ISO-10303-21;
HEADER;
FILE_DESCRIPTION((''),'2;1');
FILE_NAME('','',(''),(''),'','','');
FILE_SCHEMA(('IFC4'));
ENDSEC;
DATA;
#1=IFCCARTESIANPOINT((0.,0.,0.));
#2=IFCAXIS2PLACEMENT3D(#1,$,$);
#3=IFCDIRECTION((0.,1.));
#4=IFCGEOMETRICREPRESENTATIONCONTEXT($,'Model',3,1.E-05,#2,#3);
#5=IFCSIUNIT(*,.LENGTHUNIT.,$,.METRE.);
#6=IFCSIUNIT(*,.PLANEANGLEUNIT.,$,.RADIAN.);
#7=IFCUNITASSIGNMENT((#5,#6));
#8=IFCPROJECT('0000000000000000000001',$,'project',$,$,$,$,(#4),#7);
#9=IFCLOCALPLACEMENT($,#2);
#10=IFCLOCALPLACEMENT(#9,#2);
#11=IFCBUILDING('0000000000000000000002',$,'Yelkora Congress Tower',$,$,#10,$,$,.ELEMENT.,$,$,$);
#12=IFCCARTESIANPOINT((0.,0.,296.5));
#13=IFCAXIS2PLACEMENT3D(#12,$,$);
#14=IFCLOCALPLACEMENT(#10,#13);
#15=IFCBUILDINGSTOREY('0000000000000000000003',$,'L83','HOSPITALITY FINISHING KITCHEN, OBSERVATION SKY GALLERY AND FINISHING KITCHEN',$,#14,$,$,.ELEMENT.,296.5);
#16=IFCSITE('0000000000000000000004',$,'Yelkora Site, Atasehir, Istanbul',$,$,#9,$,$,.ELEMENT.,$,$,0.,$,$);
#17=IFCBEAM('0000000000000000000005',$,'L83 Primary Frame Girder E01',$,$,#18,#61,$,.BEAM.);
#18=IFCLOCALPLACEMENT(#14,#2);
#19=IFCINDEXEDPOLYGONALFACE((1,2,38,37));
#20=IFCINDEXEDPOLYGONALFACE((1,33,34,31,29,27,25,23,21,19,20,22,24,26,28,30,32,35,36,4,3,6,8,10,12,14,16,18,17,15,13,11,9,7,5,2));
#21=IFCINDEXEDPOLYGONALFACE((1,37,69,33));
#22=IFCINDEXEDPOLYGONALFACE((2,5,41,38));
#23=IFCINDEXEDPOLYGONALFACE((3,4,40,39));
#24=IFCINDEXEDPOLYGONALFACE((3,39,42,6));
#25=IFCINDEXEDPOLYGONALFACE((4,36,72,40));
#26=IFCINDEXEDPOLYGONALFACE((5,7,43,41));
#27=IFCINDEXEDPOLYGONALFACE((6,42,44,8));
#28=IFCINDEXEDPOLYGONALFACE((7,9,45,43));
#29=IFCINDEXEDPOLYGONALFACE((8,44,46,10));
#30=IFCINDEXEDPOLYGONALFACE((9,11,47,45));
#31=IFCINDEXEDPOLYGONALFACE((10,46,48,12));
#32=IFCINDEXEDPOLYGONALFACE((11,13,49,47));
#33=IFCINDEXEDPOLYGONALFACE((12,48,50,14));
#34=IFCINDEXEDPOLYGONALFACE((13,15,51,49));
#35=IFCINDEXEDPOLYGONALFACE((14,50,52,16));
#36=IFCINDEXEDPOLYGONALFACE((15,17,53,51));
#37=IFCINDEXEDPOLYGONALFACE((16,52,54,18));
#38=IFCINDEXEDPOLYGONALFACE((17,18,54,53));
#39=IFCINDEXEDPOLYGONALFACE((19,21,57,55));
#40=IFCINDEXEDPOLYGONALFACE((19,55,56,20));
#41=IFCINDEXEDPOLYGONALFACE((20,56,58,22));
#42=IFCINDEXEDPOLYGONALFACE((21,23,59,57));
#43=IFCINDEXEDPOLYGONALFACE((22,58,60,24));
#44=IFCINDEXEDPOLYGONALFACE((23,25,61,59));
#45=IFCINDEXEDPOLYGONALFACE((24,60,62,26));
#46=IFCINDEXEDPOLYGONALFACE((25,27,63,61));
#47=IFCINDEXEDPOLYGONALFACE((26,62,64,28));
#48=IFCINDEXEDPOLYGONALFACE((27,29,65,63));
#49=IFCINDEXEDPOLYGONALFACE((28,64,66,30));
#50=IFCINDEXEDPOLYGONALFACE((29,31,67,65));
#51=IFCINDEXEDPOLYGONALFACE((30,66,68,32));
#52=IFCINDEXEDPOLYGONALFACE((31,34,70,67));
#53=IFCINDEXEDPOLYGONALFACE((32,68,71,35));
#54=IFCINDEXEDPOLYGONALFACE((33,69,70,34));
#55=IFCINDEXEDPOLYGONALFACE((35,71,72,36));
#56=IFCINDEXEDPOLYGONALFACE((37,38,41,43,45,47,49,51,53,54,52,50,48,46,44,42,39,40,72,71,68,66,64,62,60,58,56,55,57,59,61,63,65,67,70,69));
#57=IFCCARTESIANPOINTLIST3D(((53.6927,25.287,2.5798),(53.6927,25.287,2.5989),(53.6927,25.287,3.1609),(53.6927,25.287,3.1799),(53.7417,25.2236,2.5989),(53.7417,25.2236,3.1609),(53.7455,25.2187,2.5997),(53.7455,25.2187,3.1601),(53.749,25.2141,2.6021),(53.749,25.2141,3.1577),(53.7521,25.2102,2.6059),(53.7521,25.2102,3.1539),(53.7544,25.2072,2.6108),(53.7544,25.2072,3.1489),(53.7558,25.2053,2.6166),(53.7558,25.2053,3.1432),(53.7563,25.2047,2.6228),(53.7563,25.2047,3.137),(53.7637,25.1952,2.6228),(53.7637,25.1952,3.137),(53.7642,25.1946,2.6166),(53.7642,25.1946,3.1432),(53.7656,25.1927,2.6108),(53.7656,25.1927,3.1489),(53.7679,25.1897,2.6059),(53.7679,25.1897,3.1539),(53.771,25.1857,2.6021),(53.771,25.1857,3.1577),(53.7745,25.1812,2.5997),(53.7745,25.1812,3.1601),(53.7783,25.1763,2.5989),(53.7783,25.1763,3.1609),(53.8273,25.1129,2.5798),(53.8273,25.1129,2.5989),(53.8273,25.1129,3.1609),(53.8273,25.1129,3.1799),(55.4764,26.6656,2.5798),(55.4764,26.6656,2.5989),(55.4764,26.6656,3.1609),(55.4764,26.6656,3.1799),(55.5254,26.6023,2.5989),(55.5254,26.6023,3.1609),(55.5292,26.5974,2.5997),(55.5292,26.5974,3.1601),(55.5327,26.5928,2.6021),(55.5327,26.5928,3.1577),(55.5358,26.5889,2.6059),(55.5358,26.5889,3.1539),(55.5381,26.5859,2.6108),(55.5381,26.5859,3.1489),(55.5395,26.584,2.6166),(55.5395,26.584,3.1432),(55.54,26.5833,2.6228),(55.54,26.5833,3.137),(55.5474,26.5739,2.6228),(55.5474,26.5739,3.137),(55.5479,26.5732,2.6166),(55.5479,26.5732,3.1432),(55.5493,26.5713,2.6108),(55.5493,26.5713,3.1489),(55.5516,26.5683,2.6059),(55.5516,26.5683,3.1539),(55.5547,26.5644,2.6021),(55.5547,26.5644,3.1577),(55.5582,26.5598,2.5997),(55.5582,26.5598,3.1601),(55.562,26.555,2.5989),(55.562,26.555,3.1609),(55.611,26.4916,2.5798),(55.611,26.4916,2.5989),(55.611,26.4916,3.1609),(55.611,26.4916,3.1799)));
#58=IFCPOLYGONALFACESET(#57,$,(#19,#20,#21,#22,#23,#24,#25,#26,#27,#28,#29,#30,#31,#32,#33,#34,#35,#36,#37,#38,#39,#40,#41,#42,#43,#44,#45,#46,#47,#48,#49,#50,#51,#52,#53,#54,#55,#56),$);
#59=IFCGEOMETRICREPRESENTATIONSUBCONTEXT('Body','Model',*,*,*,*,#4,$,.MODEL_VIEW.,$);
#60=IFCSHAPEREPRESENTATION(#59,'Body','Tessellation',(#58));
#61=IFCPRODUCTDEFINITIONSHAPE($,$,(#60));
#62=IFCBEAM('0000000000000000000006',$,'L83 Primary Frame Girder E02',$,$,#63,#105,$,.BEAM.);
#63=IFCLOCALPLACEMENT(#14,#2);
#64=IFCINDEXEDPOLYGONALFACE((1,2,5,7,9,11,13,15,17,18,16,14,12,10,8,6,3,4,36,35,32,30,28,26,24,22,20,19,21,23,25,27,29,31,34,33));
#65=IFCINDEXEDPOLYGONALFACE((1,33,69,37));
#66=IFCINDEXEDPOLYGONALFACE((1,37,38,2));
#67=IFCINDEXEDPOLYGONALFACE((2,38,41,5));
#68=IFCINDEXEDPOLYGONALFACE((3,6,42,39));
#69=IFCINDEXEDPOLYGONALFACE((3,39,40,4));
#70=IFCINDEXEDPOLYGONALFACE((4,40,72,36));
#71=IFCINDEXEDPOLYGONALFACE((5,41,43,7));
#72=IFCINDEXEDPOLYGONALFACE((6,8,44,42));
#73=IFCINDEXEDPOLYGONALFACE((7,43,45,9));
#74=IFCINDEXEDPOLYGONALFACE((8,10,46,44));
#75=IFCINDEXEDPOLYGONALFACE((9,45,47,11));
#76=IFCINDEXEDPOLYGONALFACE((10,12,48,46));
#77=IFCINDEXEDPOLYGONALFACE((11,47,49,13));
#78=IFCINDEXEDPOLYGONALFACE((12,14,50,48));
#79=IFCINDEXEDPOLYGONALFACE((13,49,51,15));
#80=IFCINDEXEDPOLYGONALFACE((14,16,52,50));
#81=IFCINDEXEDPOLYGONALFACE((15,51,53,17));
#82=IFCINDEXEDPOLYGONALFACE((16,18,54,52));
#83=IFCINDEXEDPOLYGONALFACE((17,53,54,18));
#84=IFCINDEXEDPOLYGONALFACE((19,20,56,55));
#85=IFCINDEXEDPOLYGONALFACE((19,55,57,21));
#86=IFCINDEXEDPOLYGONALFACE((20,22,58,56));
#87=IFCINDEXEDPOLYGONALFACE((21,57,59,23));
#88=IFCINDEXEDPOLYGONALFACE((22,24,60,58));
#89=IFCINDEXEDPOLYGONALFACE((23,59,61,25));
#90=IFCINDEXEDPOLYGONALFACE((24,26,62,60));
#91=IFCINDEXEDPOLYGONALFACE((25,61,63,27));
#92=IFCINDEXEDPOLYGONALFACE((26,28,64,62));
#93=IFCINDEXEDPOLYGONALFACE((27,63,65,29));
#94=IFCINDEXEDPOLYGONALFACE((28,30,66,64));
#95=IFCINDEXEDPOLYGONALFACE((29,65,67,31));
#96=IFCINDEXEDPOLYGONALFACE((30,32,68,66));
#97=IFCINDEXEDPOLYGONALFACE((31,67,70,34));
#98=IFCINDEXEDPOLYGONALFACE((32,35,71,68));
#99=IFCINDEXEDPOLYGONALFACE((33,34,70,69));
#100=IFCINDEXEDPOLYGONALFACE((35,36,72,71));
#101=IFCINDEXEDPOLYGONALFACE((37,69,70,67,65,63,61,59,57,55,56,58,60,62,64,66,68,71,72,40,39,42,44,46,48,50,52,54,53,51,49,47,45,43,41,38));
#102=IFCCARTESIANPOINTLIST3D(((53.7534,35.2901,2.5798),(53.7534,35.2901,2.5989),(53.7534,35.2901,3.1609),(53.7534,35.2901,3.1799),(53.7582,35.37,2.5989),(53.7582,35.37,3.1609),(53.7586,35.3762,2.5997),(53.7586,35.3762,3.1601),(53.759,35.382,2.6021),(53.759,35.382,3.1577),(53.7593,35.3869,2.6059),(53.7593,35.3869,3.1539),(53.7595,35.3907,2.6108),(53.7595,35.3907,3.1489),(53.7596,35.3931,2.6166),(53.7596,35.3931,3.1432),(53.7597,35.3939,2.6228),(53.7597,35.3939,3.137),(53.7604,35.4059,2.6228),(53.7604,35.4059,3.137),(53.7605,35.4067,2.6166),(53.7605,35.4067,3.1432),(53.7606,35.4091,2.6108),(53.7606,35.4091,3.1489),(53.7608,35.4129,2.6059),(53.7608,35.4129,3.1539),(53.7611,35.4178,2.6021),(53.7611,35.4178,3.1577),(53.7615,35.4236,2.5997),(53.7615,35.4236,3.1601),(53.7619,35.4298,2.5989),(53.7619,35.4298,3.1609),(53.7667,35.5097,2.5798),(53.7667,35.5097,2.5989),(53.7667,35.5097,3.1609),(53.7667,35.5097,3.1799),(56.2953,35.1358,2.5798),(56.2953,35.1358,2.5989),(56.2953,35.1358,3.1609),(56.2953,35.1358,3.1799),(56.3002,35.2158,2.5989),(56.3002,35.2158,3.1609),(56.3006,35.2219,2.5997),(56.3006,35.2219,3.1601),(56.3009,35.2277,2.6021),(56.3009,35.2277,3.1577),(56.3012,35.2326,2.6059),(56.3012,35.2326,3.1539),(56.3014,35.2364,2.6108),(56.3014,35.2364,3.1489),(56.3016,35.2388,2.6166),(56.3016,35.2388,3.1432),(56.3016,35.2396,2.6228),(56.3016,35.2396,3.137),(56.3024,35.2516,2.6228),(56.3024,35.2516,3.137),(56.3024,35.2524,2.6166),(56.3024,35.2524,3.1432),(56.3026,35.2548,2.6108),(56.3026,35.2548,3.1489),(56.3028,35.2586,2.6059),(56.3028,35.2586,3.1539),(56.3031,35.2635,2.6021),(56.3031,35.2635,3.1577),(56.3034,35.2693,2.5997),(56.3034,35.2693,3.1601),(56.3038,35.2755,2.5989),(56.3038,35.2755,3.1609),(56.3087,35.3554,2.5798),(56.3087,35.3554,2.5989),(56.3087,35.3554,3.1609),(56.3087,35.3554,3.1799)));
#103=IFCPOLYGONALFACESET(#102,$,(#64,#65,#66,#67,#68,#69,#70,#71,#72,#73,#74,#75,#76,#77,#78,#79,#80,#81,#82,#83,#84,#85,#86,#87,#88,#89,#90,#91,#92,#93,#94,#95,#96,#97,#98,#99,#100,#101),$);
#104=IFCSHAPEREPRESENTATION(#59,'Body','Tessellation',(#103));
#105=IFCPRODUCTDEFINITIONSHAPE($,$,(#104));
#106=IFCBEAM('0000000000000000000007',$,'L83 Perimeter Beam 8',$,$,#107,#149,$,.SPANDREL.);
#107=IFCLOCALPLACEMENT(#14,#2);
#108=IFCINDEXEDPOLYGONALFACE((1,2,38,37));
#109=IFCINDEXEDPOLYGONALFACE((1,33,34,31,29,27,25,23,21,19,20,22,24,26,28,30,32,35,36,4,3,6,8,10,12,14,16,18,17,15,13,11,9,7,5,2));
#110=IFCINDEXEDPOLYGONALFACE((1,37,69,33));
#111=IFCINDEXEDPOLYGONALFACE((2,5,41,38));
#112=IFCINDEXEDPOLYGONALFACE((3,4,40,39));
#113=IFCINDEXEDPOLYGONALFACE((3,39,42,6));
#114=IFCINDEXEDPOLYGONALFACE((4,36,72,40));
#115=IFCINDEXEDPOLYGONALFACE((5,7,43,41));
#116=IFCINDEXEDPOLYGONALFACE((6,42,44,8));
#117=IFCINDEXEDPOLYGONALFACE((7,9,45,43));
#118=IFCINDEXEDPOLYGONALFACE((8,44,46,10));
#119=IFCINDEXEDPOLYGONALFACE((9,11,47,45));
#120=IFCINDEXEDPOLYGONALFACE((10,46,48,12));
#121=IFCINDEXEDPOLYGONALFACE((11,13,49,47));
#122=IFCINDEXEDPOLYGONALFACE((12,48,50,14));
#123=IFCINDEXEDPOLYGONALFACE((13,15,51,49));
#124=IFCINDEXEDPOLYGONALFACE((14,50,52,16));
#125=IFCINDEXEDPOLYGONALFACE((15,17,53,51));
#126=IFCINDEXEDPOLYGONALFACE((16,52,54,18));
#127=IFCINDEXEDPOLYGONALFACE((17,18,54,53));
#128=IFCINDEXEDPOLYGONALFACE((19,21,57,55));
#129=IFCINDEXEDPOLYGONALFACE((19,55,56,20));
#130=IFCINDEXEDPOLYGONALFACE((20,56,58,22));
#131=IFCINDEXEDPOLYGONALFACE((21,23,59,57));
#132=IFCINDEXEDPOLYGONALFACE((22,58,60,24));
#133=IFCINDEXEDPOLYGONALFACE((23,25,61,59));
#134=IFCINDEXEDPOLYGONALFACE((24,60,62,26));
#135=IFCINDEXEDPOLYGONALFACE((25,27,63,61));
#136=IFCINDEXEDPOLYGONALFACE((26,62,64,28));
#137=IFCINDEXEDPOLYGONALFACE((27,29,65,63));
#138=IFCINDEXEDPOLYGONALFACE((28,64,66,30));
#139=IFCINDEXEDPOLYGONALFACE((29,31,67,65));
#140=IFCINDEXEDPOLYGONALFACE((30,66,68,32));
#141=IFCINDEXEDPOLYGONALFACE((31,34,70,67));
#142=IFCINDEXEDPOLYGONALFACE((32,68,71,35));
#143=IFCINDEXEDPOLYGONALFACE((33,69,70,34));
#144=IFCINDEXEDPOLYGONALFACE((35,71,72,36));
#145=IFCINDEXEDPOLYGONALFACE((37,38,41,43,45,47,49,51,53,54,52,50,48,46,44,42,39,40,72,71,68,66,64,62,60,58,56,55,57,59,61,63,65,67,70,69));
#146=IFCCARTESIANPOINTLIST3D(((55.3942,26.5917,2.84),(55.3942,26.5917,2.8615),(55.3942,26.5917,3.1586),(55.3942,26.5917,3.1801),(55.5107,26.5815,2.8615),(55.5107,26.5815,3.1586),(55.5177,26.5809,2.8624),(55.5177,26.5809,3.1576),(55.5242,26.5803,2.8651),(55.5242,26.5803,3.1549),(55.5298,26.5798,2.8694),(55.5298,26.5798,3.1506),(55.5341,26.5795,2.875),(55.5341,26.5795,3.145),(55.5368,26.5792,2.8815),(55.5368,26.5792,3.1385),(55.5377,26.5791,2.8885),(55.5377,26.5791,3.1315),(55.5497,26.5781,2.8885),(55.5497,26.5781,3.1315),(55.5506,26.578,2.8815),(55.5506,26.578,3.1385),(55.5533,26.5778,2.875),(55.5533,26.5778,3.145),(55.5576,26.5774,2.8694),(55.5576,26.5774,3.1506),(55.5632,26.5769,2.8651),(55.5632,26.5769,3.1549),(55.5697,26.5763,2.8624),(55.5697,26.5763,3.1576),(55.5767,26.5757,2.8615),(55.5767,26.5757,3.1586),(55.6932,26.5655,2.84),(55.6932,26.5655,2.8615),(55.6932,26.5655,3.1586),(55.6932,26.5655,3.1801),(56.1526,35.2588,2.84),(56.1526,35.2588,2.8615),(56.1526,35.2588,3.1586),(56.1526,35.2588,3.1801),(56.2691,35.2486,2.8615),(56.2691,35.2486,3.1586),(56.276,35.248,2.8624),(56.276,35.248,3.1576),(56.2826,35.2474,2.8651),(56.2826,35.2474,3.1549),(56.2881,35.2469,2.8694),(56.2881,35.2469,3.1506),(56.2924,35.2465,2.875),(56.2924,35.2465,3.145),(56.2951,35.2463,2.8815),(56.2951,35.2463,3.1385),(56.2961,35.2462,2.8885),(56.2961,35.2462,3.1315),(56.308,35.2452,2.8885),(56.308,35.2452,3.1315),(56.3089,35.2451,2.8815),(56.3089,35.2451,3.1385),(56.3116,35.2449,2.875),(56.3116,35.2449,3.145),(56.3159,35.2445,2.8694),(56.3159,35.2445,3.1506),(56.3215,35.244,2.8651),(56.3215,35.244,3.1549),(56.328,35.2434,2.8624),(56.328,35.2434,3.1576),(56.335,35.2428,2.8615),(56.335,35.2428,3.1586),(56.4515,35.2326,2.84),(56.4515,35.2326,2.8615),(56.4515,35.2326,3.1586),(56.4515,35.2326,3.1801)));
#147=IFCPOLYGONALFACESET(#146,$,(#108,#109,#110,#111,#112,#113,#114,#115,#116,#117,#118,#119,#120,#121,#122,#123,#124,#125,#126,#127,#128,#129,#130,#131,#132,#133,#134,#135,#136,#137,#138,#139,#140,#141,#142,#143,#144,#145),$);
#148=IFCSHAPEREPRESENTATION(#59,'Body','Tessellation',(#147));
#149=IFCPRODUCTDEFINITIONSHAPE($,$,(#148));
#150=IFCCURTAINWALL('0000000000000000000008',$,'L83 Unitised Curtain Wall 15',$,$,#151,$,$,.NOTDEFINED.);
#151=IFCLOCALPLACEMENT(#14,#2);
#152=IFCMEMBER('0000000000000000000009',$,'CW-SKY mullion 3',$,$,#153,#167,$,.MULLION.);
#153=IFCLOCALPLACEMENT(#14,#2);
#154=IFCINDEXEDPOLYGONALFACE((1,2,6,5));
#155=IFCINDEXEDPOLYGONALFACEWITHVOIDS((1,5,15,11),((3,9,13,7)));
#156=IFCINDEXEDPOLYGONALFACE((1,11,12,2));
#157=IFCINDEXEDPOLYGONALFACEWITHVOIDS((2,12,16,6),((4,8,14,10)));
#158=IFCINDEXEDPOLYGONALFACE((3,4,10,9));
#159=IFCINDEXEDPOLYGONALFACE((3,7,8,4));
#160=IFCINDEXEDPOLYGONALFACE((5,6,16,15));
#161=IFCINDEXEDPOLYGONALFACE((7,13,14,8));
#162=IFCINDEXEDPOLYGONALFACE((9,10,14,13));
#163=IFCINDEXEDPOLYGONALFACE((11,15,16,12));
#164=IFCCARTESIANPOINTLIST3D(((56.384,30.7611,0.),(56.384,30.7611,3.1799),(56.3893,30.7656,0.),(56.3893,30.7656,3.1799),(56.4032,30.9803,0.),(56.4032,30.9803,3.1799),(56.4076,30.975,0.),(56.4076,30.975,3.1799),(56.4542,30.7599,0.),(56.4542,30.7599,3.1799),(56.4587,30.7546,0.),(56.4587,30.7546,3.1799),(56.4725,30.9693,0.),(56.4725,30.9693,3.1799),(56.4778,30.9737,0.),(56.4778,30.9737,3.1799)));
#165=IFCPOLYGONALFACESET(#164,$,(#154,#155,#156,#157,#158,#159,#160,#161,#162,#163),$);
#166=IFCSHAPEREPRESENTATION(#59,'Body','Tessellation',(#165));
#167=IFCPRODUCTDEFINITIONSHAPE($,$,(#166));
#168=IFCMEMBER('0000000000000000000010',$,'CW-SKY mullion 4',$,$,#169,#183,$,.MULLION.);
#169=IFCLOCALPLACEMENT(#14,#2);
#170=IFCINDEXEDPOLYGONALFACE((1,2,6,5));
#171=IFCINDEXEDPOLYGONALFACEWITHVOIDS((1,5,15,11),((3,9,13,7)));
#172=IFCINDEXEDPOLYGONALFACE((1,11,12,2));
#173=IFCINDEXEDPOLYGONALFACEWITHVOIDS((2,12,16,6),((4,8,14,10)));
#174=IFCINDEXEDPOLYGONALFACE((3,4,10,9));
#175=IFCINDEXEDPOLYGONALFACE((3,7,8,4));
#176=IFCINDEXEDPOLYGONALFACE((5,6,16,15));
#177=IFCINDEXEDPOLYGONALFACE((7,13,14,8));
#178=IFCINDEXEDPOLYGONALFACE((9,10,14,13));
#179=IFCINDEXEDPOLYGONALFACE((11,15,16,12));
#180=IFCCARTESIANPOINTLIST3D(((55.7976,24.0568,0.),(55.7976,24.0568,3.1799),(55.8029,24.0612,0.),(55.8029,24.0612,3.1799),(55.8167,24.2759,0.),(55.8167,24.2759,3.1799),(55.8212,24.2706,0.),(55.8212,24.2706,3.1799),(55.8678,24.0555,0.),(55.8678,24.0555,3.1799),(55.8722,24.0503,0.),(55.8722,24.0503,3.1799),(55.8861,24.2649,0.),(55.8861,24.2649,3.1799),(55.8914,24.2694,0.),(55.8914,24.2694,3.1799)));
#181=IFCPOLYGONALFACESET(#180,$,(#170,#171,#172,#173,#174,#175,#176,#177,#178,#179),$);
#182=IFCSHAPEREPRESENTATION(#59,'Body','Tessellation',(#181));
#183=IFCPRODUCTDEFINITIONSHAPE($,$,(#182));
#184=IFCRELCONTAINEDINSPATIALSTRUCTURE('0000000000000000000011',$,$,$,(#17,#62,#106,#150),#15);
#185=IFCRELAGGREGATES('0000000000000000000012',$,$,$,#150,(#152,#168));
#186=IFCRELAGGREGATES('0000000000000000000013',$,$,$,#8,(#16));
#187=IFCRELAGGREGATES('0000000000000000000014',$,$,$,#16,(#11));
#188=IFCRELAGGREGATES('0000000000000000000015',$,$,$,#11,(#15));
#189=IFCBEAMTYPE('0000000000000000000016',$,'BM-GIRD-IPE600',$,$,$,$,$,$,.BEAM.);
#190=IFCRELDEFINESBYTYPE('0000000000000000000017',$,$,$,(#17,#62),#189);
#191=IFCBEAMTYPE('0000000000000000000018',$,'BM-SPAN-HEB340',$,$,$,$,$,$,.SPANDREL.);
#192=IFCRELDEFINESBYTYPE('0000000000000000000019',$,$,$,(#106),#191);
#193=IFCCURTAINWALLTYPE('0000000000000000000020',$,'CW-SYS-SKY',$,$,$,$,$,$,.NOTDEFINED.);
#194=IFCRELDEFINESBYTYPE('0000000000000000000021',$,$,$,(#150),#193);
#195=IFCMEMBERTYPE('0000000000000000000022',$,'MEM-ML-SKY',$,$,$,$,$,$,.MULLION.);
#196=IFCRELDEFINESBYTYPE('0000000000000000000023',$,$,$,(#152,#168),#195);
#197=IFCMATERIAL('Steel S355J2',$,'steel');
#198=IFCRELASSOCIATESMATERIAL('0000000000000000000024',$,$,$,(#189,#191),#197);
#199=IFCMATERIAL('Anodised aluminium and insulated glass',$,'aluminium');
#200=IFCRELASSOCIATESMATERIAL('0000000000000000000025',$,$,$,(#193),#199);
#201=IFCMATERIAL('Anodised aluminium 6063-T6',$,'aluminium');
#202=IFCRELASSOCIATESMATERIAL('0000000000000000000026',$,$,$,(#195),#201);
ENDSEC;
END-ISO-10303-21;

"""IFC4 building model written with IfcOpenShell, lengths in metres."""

from ifc_helpers import new_model, si_unit, direction, frame, origin, origin_2d, place, context, subcontext, project, spatial, hollow_rectangle, i_section, extrude, material, material_profile, profile_set, type_object, element, aggregate, save


model = new_model("IFC4")

# Units and contexts
model_context = context("Model", 3, precision=1e-05, world=origin(), true_north=direction((0.0, 1.0)))
body_context = subcontext(model_context, "Body", "Model", "MODEL_VIEW")
ifc_project = project(units=[si_unit("LENGTHUNIT", "METRE"), si_unit("PLANEANGLEUNIT", "RADIAN")], contexts=[model_context])

# Site, building, storey
site_placement = place(None, origin())
site = spatial("IfcSite", under=ifc_project, at=site_placement, Name="Yelkora Site, Atasehir, Istanbul", CompositionType="ELEMENT", RefElevation=0.0)
building_placement = place(site_placement, origin())
building = spatial("IfcBuilding", under=site, at=building_placement, Name="Yelkora Congress Tower", CompositionType="ELEMENT")
storey_placement = place(building_placement, frame((0.0, 0.0, 296.5)))
storey = spatial("IfcBuildingStorey", under=building, at=storey_placement, Name="L83", Description="HOSPITALITY FINISHING KITCHEN, OBSERVATION SKY GALLERY AND FINISHING KITCHEN", CompositionType="ELEMENT", Elevation=296.5)

# Shared definitions
ifc_material_1 = material(Name="Steel S355J2", Category="steel")

# Beams
ifc_material_profile_1 = material_profile(ifc_material_1, i_section(OverallWidth=0.22, OverallDepth=0.6001, WebThickness=0.012, FlangeThickness=0.019, FilletRadius=0.0239, at=origin_2d()), Name="IPE 600")
ifc_profile_set_1 = profile_set([ifc_material_profile_1], Name="Steel S355J2")
beam_type_1 = type_object("IfcBeamType", Name="BM-GIRD-IPE600", PredefinedType="BEAM", material=ifc_profile_set_1)
beam_1_placement = place(storey_placement, frame((55.5437, 26.5786, 2.8799), z_axis=(-0.791209, -0.611546, 0.0), x_axis=(0.611546, -0.791209, 0.0)))
element("IfcBeam", 1, at=beam_1_placement, inside=storey, type_object=beam_type_1, Name="L83 Primary Frame Girder E01", PredefinedType="BEAM", context=body_context, shape_type="SweptSolid", body=[
    extrude(i_section(OverallWidth=0.22, OverallDepth=0.6001, WebThickness=0.012, FlangeThickness=0.019, FilletRadius=0.0239, at=origin_2d()), origin(), (0.0, 0.0, 1.0), 2.2544),
])
beam_2_placement = place(storey_placement, frame((56.302, 35.2456, 2.8799), z_axis=(-0.998163, 0.060588, 0.0), x_axis=(-0.060588, -0.998163, 0.0)))
element("IfcBeam", 2, at=beam_2_placement, inside=storey, type_object=beam_type_1, Name="L83 Primary Frame Girder E02", PredefinedType="BEAM", context=body_context, shape_type="SweptSolid", body=[
    extrude(i_section(OverallWidth=0.22, OverallDepth=0.6001, WebThickness=0.012, FlangeThickness=0.019, FilletRadius=0.0239, at=origin_2d()), origin(), (0.0, 0.0, 1.0), 2.5466),
])
ifc_material_profile_2 = material_profile(ifc_material_1, i_section(OverallWidth=0.3, OverallDepth=0.3401, WebThickness=0.012, FlangeThickness=0.0215, FilletRadius=0.0271, at=origin_2d()), Name="HEB 340")
ifc_profile_set_2 = profile_set([ifc_material_profile_2], Name="Steel S355J2")
beam_type_2 = type_object("IfcBeamType", Name="BM-SPAN-HEB340", PredefinedType="SPANDREL", material=ifc_profile_set_2)
beam_3_placement = place(storey_placement, frame((55.5437, 26.5786, 3.01), z_axis=(0.08716, 0.996194, 0.0), x_axis=(-0.996194, 0.08716, 0.0)))
element("IfcBeam", 3, at=beam_3_placement, inside=storey, type_object=beam_type_2, Name="L83 Perimeter Beam 8", PredefinedType="SPANDREL", context=body_context, shape_type="SweptSolid", body=[
    extrude(i_section(OverallWidth=0.3, OverallDepth=0.3401, WebThickness=0.012, FlangeThickness=0.0215, FilletRadius=0.0271, at=origin_2d()), origin(), (0.0, 0.0, 1.0), 8.7002),
])

# Curtain wall, members
ifc_material_2 = material(Name="Anodised aluminium and insulated glass", Category="aluminium")
curtain_wall_type = type_object("IfcCurtainWallType", Name="CW-SYS-SKY", PredefinedType="NOTDEFINED", material=ifc_material_2)
curtain_wall_placement = place(storey_placement, origin())
curtain_wall = element("IfcCurtainWall", 4, at=curtain_wall_placement, inside=storey, type_object=curtain_wall_type, Name="L83 Unitised Curtain Wall 15", PredefinedType="NOTDEFINED")
ifc_material_3 = material(Name="Anodised aluminium 6063-T6", Category="aluminium")
ifc_material_profile_3 = material_profile(ifc_material_3, hollow_rectangle(XDim=0.075, YDim=0.22, WallThickness=0.0049, at=origin_2d()), Name="ALU 75x220x5")
ifc_profile_set_3 = profile_set([ifc_material_profile_3], Name="Anodised aluminium 6063-T6")
member_type_1 = type_object("IfcMemberType", Name="MEM-ML-SKY", PredefinedType="MULLION", material=ifc_profile_set_3)
member_1_placement = place(storey_placement, frame((56.4309, 30.8674, 0.0), z_axis=(0.0, 0.0, 1.0), x_axis=(0.996194, -0.087158, 0.0)))
member_1 = element("IfcMember", 5, at=member_1_placement, type_object=member_type_1, Name="CW-SKY mullion 3", PredefinedType="MULLION", context=body_context, shape_type="SweptSolid", body=[
    extrude(hollow_rectangle(XDim=0.075, YDim=0.22, WallThickness=0.0049, at=origin_2d()), origin(), (0.0, 0.0, 1.0), 3.1799),
])
member_2_placement = place(storey_placement, frame((55.8445, 24.1631, 0.0), z_axis=(0.0, 0.0, 1.0), x_axis=(0.996194, -0.087158, 0.0)))
member_2 = element("IfcMember", 6, at=member_2_placement, type_object=member_type_1, Name="CW-SKY mullion 4", PredefinedType="MULLION", context=body_context, shape_type="SweptSolid", body=[
    extrude(hollow_rectangle(XDim=0.075, YDim=0.22, WallThickness=0.0049, at=origin_2d()), origin(), (0.0, 0.0, 1.0), 3.1799),
])
aggregate(curtain_wall, [member_1, member_2])

save(model, "model.ifc")
